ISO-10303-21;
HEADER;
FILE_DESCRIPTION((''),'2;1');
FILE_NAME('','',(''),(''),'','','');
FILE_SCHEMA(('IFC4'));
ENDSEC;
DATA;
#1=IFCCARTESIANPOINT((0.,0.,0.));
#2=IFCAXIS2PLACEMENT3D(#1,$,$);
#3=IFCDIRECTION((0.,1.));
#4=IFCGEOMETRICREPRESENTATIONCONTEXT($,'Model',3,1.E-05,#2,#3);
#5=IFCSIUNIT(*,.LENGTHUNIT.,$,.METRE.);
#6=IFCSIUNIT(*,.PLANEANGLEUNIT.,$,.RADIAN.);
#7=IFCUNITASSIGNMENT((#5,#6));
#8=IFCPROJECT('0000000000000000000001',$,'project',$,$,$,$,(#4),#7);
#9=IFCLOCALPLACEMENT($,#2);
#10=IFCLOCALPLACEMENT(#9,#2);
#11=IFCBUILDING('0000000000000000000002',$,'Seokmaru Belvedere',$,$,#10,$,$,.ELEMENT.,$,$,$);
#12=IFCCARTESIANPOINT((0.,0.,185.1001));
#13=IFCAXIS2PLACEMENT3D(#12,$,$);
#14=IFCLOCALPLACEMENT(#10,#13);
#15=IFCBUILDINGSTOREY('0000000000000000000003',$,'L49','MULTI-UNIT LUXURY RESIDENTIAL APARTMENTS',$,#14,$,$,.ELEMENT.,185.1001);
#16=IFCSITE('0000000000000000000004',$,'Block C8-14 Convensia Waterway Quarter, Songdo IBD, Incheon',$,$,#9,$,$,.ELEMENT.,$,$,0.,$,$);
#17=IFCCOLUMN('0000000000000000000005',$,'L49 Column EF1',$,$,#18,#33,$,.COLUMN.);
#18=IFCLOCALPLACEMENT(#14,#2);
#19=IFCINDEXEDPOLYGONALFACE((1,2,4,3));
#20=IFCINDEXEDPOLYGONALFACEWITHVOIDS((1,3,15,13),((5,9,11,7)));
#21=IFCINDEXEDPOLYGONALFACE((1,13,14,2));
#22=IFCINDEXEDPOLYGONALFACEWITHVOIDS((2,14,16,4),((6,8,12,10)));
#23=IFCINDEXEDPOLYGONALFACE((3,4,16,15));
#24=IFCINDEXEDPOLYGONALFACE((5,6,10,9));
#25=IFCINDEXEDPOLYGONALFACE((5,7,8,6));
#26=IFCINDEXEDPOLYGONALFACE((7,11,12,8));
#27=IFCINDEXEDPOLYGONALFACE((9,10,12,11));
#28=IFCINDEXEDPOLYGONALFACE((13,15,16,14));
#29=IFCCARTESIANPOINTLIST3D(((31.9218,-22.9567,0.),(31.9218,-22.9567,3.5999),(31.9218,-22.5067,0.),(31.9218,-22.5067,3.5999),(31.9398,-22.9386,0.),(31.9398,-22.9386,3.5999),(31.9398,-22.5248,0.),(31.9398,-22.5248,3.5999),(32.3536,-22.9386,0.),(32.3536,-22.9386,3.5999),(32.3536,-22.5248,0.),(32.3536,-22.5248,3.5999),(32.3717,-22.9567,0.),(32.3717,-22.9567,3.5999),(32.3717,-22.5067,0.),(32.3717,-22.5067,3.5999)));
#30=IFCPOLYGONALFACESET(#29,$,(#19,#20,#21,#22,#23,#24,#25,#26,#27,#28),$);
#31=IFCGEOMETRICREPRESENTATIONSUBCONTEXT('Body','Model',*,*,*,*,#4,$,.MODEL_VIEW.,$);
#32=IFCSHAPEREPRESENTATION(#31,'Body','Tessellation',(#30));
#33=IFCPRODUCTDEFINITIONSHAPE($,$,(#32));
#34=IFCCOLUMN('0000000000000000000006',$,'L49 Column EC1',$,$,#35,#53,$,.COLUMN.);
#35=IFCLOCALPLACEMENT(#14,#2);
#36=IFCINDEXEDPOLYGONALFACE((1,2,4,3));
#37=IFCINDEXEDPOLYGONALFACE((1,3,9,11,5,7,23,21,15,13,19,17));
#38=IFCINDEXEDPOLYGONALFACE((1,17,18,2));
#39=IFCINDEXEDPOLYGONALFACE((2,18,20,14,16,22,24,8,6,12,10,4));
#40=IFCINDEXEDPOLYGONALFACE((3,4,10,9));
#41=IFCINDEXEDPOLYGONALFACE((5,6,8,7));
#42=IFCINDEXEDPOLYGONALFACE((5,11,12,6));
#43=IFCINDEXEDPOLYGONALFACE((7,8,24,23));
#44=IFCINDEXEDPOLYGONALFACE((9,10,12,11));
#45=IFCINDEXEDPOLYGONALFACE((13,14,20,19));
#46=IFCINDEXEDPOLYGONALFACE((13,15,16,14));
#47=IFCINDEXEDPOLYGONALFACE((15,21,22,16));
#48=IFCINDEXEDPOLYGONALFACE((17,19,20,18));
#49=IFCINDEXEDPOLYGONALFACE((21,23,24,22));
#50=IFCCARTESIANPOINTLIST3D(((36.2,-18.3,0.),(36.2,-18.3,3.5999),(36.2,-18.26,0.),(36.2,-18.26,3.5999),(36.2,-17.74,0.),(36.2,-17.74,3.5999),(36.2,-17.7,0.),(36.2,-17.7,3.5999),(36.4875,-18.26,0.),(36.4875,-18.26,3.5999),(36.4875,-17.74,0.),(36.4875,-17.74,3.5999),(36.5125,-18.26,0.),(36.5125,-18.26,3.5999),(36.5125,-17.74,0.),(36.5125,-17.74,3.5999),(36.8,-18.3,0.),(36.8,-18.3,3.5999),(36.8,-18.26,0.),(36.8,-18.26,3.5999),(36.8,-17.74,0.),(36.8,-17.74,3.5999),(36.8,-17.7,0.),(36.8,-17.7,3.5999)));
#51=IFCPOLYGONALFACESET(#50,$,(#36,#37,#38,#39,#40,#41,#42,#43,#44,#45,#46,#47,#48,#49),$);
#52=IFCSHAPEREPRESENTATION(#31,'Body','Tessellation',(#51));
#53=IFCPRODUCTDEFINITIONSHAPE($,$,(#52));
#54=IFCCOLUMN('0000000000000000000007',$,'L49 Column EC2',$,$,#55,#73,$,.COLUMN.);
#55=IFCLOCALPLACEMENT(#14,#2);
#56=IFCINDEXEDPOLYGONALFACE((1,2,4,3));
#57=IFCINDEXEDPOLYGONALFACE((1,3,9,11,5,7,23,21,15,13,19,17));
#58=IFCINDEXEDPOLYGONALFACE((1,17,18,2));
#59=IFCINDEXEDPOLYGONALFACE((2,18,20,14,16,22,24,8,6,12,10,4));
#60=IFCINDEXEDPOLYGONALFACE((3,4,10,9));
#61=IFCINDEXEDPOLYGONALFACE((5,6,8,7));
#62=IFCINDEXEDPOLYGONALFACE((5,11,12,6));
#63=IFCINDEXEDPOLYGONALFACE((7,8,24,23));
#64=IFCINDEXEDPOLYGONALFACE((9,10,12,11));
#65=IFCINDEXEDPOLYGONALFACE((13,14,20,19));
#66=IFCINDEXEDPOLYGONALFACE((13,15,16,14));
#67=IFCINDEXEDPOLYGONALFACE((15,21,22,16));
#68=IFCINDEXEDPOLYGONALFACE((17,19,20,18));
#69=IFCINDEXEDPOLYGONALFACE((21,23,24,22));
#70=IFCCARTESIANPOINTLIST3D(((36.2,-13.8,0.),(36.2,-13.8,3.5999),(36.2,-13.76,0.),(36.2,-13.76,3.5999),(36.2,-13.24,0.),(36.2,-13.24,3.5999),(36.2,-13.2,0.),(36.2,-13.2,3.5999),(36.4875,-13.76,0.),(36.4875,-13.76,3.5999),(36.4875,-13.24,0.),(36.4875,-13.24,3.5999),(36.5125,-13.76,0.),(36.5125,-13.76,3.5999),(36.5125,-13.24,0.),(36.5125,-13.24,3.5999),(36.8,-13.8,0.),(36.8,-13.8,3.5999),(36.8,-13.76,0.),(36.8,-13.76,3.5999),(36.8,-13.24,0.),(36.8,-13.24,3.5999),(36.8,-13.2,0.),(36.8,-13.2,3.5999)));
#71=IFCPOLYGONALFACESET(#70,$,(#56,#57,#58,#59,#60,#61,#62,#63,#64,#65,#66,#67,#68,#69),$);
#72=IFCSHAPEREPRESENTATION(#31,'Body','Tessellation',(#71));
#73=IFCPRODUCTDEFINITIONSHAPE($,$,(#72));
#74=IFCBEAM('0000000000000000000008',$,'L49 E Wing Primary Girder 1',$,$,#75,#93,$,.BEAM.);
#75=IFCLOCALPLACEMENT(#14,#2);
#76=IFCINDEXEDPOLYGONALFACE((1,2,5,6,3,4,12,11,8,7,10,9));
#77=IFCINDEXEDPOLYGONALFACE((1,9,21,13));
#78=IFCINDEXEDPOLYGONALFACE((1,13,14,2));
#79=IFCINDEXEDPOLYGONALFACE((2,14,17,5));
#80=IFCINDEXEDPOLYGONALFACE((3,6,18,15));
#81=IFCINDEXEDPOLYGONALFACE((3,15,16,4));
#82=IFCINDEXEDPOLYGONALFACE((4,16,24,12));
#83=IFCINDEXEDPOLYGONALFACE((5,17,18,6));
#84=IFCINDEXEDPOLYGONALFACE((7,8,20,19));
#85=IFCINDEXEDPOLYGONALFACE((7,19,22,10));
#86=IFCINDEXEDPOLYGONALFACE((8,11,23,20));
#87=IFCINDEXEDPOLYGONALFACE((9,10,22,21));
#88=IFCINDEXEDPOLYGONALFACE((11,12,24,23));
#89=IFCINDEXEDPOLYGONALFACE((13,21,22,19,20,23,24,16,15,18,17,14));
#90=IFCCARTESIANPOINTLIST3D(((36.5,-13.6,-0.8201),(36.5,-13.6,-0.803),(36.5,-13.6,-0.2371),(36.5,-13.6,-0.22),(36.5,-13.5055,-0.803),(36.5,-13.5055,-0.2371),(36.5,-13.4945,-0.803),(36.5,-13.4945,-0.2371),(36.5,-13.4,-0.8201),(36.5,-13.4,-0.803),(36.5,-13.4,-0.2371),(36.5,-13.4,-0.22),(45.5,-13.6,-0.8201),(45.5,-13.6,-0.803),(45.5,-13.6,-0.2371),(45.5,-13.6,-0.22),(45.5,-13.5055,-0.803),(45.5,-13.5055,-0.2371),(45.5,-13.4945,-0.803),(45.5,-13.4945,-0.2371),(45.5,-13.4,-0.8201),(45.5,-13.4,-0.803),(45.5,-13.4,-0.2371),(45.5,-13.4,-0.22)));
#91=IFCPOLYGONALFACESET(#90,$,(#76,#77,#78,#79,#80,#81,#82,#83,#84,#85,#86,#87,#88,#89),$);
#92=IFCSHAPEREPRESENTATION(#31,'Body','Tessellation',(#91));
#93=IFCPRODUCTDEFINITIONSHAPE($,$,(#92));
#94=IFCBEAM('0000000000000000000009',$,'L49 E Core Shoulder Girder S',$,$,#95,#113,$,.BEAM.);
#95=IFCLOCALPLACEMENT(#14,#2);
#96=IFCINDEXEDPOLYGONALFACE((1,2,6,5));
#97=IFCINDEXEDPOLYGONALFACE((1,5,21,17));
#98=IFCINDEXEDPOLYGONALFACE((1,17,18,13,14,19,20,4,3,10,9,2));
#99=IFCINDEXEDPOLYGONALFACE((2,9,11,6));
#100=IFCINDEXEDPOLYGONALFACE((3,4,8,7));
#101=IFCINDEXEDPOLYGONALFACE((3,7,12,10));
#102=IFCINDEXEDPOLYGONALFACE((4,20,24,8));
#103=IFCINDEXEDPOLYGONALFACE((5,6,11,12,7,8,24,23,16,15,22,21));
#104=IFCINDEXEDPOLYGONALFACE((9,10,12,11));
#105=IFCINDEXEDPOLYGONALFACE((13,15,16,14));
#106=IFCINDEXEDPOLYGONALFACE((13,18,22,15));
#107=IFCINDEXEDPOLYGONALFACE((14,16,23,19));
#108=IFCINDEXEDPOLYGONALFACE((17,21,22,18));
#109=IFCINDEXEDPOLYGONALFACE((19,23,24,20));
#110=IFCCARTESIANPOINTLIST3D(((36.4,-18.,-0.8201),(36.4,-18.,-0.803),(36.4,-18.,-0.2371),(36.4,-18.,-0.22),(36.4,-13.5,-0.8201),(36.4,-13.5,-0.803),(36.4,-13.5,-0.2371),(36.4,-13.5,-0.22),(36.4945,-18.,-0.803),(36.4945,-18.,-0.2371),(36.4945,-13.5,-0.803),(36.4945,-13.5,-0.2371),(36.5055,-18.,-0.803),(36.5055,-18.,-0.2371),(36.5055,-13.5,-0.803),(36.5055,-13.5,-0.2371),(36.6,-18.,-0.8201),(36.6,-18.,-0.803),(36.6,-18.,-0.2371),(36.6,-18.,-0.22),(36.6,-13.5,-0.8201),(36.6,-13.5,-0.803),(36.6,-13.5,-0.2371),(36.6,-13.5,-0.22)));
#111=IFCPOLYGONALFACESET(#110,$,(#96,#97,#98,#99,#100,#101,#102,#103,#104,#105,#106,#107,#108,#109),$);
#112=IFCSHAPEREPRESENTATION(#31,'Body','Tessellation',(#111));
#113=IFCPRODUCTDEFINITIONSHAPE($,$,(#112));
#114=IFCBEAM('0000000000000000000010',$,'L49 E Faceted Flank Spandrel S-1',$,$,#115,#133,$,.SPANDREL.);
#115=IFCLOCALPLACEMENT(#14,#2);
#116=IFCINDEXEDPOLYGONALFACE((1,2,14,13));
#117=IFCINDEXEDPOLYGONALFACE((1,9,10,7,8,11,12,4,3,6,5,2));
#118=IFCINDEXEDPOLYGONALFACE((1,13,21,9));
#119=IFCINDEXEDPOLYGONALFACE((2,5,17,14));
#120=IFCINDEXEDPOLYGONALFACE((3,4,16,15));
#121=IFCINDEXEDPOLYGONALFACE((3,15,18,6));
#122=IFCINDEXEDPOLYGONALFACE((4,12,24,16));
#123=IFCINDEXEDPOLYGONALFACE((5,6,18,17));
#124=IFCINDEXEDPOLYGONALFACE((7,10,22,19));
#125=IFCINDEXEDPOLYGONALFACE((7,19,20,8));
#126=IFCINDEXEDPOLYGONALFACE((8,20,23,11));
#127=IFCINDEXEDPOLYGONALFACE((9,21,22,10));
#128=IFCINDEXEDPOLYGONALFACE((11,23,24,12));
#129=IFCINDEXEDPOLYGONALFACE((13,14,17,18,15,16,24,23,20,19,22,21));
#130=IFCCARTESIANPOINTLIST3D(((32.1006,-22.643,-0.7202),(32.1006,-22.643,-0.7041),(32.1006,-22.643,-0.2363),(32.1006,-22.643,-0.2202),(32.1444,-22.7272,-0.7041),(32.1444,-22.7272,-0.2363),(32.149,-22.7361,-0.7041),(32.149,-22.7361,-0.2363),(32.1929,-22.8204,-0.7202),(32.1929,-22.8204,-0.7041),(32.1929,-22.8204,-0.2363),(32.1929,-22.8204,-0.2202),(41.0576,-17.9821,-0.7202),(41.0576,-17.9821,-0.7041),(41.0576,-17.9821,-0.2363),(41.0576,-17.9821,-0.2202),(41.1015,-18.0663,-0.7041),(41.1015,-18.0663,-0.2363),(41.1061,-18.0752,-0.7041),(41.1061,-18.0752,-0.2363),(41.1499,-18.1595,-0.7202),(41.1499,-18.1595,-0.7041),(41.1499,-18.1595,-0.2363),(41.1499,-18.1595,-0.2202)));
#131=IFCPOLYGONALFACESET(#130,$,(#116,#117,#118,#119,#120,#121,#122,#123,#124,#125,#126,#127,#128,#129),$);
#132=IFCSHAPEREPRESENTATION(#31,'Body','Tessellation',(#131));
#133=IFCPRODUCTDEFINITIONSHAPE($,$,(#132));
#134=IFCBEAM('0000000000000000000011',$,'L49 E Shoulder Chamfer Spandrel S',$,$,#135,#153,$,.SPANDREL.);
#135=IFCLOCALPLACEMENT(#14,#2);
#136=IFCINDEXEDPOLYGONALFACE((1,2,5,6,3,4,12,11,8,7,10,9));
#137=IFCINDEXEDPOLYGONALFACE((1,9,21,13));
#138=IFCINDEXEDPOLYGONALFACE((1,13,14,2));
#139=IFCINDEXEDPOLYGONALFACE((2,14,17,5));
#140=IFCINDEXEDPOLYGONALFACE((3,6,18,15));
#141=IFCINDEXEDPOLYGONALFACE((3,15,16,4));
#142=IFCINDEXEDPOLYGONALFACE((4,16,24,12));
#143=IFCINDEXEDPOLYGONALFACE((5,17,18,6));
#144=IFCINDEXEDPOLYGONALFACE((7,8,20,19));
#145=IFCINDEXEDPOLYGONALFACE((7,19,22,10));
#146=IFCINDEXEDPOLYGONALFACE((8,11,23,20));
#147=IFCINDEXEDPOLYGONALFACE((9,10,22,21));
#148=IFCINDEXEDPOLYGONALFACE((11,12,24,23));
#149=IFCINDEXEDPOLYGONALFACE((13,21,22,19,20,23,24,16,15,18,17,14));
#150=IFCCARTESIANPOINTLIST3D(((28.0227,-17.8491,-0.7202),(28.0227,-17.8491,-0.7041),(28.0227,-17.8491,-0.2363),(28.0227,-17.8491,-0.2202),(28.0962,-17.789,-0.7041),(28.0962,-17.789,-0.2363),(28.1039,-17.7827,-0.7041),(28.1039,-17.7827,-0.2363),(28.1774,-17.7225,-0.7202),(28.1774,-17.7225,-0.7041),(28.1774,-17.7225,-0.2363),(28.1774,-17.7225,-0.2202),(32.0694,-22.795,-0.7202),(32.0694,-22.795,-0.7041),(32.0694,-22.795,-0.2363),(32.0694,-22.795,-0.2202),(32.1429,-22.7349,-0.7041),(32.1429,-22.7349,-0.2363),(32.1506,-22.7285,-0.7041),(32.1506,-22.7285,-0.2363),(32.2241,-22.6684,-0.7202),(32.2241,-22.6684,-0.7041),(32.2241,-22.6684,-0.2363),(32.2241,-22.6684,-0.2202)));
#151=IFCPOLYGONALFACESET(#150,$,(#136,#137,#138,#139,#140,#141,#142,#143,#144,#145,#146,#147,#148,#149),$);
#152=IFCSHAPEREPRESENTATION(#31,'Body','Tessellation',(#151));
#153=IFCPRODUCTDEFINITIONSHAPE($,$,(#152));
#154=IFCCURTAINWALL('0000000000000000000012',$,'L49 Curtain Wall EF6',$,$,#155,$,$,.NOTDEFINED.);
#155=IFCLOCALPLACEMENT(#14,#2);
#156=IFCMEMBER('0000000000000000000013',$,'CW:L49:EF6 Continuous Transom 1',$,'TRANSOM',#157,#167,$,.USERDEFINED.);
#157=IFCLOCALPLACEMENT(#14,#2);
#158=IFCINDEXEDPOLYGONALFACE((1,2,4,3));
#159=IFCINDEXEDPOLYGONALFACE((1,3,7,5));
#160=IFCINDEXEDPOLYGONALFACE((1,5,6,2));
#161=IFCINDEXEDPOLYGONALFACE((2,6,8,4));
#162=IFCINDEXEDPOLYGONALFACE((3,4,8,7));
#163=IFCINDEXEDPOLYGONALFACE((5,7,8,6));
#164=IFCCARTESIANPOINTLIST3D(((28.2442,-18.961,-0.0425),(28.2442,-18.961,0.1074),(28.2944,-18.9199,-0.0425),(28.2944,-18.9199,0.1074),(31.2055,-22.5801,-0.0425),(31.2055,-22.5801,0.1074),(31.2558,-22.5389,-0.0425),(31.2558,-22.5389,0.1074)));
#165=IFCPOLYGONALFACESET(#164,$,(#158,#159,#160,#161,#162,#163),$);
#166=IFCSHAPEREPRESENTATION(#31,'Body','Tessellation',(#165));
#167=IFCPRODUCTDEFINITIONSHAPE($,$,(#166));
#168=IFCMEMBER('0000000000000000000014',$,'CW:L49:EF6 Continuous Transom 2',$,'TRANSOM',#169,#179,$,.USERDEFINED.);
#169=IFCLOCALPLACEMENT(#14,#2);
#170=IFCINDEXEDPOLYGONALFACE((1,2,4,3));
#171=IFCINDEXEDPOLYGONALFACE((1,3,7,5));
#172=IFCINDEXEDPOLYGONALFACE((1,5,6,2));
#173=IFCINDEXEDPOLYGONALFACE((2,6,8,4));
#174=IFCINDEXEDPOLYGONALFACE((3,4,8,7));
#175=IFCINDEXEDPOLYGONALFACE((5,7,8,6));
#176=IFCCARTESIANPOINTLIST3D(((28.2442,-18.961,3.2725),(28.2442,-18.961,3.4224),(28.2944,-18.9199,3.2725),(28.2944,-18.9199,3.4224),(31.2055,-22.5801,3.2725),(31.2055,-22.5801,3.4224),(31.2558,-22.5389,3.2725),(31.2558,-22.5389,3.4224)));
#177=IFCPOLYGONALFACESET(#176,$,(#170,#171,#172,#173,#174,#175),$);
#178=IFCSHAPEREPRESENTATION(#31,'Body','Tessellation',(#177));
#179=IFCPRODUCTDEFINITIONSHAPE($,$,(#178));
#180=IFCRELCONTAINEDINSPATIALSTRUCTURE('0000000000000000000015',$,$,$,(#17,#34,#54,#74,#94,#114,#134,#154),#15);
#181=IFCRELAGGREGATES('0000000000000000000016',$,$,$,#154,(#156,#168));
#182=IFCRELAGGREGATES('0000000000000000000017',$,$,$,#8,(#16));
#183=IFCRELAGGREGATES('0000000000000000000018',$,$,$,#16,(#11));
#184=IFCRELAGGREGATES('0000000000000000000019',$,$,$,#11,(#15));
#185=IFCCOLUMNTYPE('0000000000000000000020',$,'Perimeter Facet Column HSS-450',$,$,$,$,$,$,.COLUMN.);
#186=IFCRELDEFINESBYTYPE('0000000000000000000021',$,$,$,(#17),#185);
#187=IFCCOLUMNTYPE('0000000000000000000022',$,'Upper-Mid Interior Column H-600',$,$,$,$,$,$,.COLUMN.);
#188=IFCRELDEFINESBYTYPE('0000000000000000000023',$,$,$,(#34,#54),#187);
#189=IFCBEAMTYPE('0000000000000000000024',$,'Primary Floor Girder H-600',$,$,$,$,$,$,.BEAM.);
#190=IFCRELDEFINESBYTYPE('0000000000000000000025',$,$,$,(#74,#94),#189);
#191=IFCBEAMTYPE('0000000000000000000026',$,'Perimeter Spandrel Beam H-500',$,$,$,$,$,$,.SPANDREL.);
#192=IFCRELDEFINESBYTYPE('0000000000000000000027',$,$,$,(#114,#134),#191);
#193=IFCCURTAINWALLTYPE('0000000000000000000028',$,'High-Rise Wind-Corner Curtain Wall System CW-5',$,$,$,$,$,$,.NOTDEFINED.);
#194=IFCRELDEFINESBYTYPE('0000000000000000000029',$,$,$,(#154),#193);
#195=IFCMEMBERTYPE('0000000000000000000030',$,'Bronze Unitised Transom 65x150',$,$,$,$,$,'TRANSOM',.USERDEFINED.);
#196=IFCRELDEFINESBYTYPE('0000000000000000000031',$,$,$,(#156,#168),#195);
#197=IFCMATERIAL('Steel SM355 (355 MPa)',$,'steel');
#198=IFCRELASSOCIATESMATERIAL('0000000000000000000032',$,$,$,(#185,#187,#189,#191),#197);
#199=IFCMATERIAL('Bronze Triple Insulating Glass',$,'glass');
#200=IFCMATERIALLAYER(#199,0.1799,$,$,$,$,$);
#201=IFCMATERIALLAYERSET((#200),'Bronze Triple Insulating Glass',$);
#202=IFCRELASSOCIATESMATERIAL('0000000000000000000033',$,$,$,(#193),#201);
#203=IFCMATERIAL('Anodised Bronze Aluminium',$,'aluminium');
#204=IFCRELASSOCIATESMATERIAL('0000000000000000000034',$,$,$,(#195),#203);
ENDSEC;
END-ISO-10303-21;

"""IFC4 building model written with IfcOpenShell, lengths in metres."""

from ifc_helpers import new_model, si_unit, direction, frame, origin, origin_2d, place, context, subcontext, project, spatial, rectangle, hollow_rectangle, i_section, extrude, source, transform, mapped, material, layer, layer_set, material_profile, profile_set, type_object, type_shapes, element, aggregate, save


model = new_model("IFC4")

# Units and contexts
model_context = context("Model", 3, precision=1e-05, world=origin(), true_north=direction((0.0, 1.0)))
body_context = subcontext(model_context, "Body", "Model", "MODEL_VIEW")
ifc_project = project(units=[si_unit("LENGTHUNIT", "METRE"), si_unit("PLANEANGLEUNIT", "RADIAN")], contexts=[model_context])

# Site, building, storey
site_placement = place(None, origin())
site = spatial("IfcSite", under=ifc_project, at=site_placement, Name="Block C8-14 Convensia Waterway Quarter, Songdo IBD, Incheon", CompositionType="ELEMENT", RefElevation=0.0)
building_placement = place(site_placement, origin())
building = spatial("IfcBuilding", under=site, at=building_placement, Name="Seokmaru Belvedere", CompositionType="ELEMENT")
storey_placement = place(building_placement, frame((0.0, 0.0, 185.1001)))
storey = spatial("IfcBuildingStorey", under=building, at=storey_placement, Name="L49", Description="MULTI-UNIT LUXURY RESIDENTIAL APARTMENTS", CompositionType="ELEMENT", Elevation=185.1001)

# Columns
ifc_material_1 = material(Name="Steel SM355 (355 MPa)", Category="steel")
ifc_material_profile_1 = material_profile(ifc_material_1, hollow_rectangle(XDim=0.45, YDim=0.45, WallThickness=0.0181, at=origin_2d()), Name="HSS-450x450x18")
ifc_profile_set_1 = profile_set([ifc_material_profile_1], Name="Steel SM355 (355 MPa)")
column_type_1 = type_object("IfcColumnType", Name="Perimeter Facet Column HSS-450", PredefinedType="COLUMN", material=ifc_profile_set_1)
shared_shape_1 = source(origin(), body_context, "Body", "SweptSolid", [
    extrude(hollow_rectangle(XDim=0.45, YDim=0.45, WallThickness=0.0181, at=origin_2d()), origin(), (0.0, 0.0, 1.0), 3.5999),
])
type_shapes(column_type_1, [shared_shape_1])
column_placement = place(storey_placement, frame((32.1467, -22.7317, 0.0), z_axis=(0.0, 0.0, 1.0), x_axis=(1.0, 0.0, 0.0)))
element("IfcColumn", 1, at=column_placement, inside=storey, type_object=column_type_1, Name="L49 Column EF1", PredefinedType="COLUMN", context=body_context, shape_type="MappedRepresentation", body=[
    mapped(shared_shape_1, transform((0.0, 0.0, 0.0), scale=1.0)),
])
ifc_material_profile_2 = material_profile(ifc_material_1, i_section(OverallWidth=0.6001, OverallDepth=0.6001, WebThickness=0.0249, FlangeThickness=0.04, at=origin_2d()), Name="H-600x600x25x40")
ifc_profile_set_2 = profile_set([ifc_material_profile_2], Name="Steel SM355 (355 MPa)")
column_type_2 = type_object("IfcColumnType", Name="Upper-Mid Interior Column H-600", PredefinedType="COLUMN", material=ifc_profile_set_2)
shared_shape_2 = source(origin(), body_context, "Body", "SweptSolid", [
    extrude(i_section(OverallWidth=0.6001, OverallDepth=0.6001, WebThickness=0.0249, FlangeThickness=0.04, at=origin_2d()), origin(), (0.0, 0.0, 1.0), 3.5999),
])
type_shapes(column_type_2, [shared_shape_2])
for number, where, z_axis, x_axis, name in (
    (2, (36.5, -18.0, 0.0), (0.0, 0.0, 1.0), (1.0, 0.0, 0.0), "L49 Column EC1"),
    (3, (36.5, -13.5, 0.0), (0.0, 0.0, 1.0), (1.0, 0.0, 0.0), "L49 Column EC2"),
):
    element("IfcColumn", number, at=place(storey_placement, frame(where, z_axis=z_axis, x_axis=x_axis)), inside=storey, type_object=column_type_2, Name=name, PredefinedType="COLUMN", context=body_context, shape_type="MappedRepresentation", body=[
        mapped(shared_shape_2, transform((0.0, 0.0, 0.0), scale=1.0)),
    ])

# Beams
ifc_material_profile_3 = material_profile(ifc_material_1, i_section(OverallWidth=0.2, OverallDepth=0.6001, WebThickness=0.011, FlangeThickness=0.0171, at=origin_2d()), Name="H-600x200x11x17")
ifc_profile_set_3 = profile_set([ifc_material_profile_3], Name="Steel SM355 (355 MPa)")
beam_type_1 = type_object("IfcBeamType", Name="Primary Floor Girder H-600", PredefinedType="BEAM", material=ifc_profile_set_3)
shared_shape_3 = source(origin(), body_context, "Body", "SweptSolid", [
    extrude(i_section(OverallWidth=0.2, OverallDepth=0.6001, WebThickness=0.011, FlangeThickness=0.0171, at=origin_2d()), origin(), (0.0, 0.0, 1.0), 9.0),
])
beam_1_placement = place(storey_placement, frame((36.5, -13.5, -0.52), z_axis=(1.0, 0.0, 0.0), x_axis=(0.0, 1.0, 0.0)))
element("IfcBeam", 4, at=beam_1_placement, inside=storey, type_object=beam_type_1, Name="L49 E Wing Primary Girder 1", PredefinedType="BEAM", context=body_context, shape_type="MappedRepresentation", body=[
    mapped(shared_shape_3, transform((0.0, 0.0, 0.0), scale=1.0)),
])
shared_shape_4 = source(origin(), body_context, "Body", "SweptSolid", [
    extrude(i_section(OverallWidth=0.2, OverallDepth=0.6001, WebThickness=0.011, FlangeThickness=0.0171, at=origin_2d()), origin(), (0.0, 0.0, 1.0), 4.5),
])
type_shapes(beam_type_1, [shared_shape_3, shared_shape_4])
beam_2_placement = place(storey_placement, frame((36.5, -18.0, -0.52), z_axis=(0.0, 1.0, 0.0), x_axis=(-1.0, 0.0, 0.0)))
element("IfcBeam", 5, at=beam_2_placement, inside=storey, type_object=beam_type_1, Name="L49 E Core Shoulder Girder S", PredefinedType="BEAM", context=body_context, shape_type="MappedRepresentation", body=[
    mapped(shared_shape_4, transform((0.0, 0.0, 0.0), scale=1.0)),
])
ifc_material_profile_4 = material_profile(ifc_material_1, i_section(OverallWidth=0.2, OverallDepth=0.5, WebThickness=0.01, FlangeThickness=0.0161, at=origin_2d()), Name="H-500x200x10x16")
ifc_profile_set_4 = profile_set([ifc_material_profile_4], Name="Steel SM355 (355 MPa)")
beam_type_2 = type_object("IfcBeamType", Name="Perimeter Spandrel Beam H-500", PredefinedType="SPANDREL", material=ifc_profile_set_4)
shared_shape_5 = source(origin(), body_context, "Body", "SweptSolid", [
    extrude(i_section(OverallWidth=0.2, OverallDepth=0.5, WebThickness=0.01, FlangeThickness=0.0161, at=origin_2d()), origin(), (0.0, 0.0, 1.0), 10.0972),
])
beam_3_placement = place(storey_placement, frame((32.1467, -22.7317, -0.4702), z_axis=(0.887086, 0.461605, 0.0), x_axis=(-0.461605, 0.887086, 0.0)))
element("IfcBeam", 6, at=beam_3_placement, inside=storey, type_object=beam_type_2, Name="L49 E Faceted Flank Spandrel S-1", PredefinedType="SPANDREL", context=body_context, shape_type="MappedRepresentation", body=[
    mapped(shared_shape_5, transform((0.0, 0.0, 0.0), scale=1.0)),
])
shared_shape_6 = source(origin(), body_context, "Body", "SweptSolid", [
    extrude(i_section(OverallWidth=0.2, OverallDepth=0.5, WebThickness=0.01, FlangeThickness=0.0161, at=origin_2d()), origin(), (0.0, 0.0, 1.0), 6.3904),
])
type_shapes(beam_type_2, [shared_shape_5, shared_shape_6])
beam_4_placement = place(storey_placement, frame((32.1467, -22.7317, -0.4702), z_axis=(-0.633244, 0.773952, 0.0), x_axis=(-0.773952, -0.633244, 0.0)))
element("IfcBeam", 7, at=beam_4_placement, inside=storey, type_object=beam_type_2, Name="L49 E Shoulder Chamfer Spandrel S", PredefinedType="SPANDREL", context=body_context, shape_type="MappedRepresentation", body=[
    mapped(shared_shape_6, transform((0.0, 0.0, 0.0), scale=1.0)),
])

# Curtain wall, members
ifc_material_2 = material(Name="Bronze Triple Insulating Glass", Category="glass")
ifc_layer_1 = layer(ifc_material_2, 0.1799)
ifc_layer_set_1 = layer_set([ifc_layer_1], Name="Bronze Triple Insulating Glass")
curtain_wall_type = type_object("IfcCurtainWallType", Name="High-Rise Wind-Corner Curtain Wall System CW-5", PredefinedType="NOTDEFINED", material=ifc_layer_set_1)
curtain_wall_1_placement = place(storey_placement, origin())
curtain_wall_1 = element("IfcCurtainWall", 8, at=curtain_wall_1_placement, inside=storey, type_object=curtain_wall_type, Name="L49 Curtain Wall EF6", PredefinedType="NOTDEFINED")
ifc_material_3 = material(Name="Anodised Bronze Aluminium", Category="aluminium")
ifc_material_profile_5 = material_profile(ifc_material_3, rectangle(XDim=0.0649, YDim=0.1499, at=origin_2d()), Name="CW-T-65x150")
ifc_profile_set_5 = profile_set([ifc_material_profile_5], Name="Anodised Bronze Aluminium")
member_type_1 = type_object("IfcMemberType", Name="Bronze Unitised Transom 65x150", ElementType="TRANSOM", PredefinedType="USERDEFINED", material=ifc_profile_set_5)
shared_shape_7 = source(origin(), body_context, "Body", "SweptSolid", [
    extrude(rectangle(XDim=0.0649, YDim=0.1499, at=origin_2d()), origin(), (0.0, 0.0, 1.0), 4.6763),
])
member_1_placement = place(storey_placement, frame((28.2693, -18.9404, 0.0325), z_axis=(0.633278, -0.773925, 0.0), x_axis=(0.773925, 0.633278, 0.0)))
member_1 = element("IfcMember", 9, at=member_1_placement, type_object=member_type_1, Name="CW:L49:EF6 Continuous Transom 1", ObjectType="TRANSOM", PredefinedType="USERDEFINED", context=body_context, shape_type="MappedRepresentation", body=[
    mapped(shared_shape_7, transform((0.0, 0.0, 0.0), scale=1.0)),
])
member_2_placement = place(storey_placement, frame((28.2693, -18.9404, 3.3474), z_axis=(0.633278, -0.773925, 0.0), x_axis=(0.773925, 0.633278, 0.0)))
member_2 = element("IfcMember", 10, at=member_2_placement, type_object=member_type_1, Name="CW:L49:EF6 Continuous Transom 2", ObjectType="TRANSOM", PredefinedType="USERDEFINED", context=body_context, shape_type="MappedRepresentation", body=[
    mapped(shared_shape_7, transform((0.0, 0.0, 0.0), scale=1.0)),
])

aggregate(curtain_wall_1, [member_1, member_2])

save(model, "model.ifc")
